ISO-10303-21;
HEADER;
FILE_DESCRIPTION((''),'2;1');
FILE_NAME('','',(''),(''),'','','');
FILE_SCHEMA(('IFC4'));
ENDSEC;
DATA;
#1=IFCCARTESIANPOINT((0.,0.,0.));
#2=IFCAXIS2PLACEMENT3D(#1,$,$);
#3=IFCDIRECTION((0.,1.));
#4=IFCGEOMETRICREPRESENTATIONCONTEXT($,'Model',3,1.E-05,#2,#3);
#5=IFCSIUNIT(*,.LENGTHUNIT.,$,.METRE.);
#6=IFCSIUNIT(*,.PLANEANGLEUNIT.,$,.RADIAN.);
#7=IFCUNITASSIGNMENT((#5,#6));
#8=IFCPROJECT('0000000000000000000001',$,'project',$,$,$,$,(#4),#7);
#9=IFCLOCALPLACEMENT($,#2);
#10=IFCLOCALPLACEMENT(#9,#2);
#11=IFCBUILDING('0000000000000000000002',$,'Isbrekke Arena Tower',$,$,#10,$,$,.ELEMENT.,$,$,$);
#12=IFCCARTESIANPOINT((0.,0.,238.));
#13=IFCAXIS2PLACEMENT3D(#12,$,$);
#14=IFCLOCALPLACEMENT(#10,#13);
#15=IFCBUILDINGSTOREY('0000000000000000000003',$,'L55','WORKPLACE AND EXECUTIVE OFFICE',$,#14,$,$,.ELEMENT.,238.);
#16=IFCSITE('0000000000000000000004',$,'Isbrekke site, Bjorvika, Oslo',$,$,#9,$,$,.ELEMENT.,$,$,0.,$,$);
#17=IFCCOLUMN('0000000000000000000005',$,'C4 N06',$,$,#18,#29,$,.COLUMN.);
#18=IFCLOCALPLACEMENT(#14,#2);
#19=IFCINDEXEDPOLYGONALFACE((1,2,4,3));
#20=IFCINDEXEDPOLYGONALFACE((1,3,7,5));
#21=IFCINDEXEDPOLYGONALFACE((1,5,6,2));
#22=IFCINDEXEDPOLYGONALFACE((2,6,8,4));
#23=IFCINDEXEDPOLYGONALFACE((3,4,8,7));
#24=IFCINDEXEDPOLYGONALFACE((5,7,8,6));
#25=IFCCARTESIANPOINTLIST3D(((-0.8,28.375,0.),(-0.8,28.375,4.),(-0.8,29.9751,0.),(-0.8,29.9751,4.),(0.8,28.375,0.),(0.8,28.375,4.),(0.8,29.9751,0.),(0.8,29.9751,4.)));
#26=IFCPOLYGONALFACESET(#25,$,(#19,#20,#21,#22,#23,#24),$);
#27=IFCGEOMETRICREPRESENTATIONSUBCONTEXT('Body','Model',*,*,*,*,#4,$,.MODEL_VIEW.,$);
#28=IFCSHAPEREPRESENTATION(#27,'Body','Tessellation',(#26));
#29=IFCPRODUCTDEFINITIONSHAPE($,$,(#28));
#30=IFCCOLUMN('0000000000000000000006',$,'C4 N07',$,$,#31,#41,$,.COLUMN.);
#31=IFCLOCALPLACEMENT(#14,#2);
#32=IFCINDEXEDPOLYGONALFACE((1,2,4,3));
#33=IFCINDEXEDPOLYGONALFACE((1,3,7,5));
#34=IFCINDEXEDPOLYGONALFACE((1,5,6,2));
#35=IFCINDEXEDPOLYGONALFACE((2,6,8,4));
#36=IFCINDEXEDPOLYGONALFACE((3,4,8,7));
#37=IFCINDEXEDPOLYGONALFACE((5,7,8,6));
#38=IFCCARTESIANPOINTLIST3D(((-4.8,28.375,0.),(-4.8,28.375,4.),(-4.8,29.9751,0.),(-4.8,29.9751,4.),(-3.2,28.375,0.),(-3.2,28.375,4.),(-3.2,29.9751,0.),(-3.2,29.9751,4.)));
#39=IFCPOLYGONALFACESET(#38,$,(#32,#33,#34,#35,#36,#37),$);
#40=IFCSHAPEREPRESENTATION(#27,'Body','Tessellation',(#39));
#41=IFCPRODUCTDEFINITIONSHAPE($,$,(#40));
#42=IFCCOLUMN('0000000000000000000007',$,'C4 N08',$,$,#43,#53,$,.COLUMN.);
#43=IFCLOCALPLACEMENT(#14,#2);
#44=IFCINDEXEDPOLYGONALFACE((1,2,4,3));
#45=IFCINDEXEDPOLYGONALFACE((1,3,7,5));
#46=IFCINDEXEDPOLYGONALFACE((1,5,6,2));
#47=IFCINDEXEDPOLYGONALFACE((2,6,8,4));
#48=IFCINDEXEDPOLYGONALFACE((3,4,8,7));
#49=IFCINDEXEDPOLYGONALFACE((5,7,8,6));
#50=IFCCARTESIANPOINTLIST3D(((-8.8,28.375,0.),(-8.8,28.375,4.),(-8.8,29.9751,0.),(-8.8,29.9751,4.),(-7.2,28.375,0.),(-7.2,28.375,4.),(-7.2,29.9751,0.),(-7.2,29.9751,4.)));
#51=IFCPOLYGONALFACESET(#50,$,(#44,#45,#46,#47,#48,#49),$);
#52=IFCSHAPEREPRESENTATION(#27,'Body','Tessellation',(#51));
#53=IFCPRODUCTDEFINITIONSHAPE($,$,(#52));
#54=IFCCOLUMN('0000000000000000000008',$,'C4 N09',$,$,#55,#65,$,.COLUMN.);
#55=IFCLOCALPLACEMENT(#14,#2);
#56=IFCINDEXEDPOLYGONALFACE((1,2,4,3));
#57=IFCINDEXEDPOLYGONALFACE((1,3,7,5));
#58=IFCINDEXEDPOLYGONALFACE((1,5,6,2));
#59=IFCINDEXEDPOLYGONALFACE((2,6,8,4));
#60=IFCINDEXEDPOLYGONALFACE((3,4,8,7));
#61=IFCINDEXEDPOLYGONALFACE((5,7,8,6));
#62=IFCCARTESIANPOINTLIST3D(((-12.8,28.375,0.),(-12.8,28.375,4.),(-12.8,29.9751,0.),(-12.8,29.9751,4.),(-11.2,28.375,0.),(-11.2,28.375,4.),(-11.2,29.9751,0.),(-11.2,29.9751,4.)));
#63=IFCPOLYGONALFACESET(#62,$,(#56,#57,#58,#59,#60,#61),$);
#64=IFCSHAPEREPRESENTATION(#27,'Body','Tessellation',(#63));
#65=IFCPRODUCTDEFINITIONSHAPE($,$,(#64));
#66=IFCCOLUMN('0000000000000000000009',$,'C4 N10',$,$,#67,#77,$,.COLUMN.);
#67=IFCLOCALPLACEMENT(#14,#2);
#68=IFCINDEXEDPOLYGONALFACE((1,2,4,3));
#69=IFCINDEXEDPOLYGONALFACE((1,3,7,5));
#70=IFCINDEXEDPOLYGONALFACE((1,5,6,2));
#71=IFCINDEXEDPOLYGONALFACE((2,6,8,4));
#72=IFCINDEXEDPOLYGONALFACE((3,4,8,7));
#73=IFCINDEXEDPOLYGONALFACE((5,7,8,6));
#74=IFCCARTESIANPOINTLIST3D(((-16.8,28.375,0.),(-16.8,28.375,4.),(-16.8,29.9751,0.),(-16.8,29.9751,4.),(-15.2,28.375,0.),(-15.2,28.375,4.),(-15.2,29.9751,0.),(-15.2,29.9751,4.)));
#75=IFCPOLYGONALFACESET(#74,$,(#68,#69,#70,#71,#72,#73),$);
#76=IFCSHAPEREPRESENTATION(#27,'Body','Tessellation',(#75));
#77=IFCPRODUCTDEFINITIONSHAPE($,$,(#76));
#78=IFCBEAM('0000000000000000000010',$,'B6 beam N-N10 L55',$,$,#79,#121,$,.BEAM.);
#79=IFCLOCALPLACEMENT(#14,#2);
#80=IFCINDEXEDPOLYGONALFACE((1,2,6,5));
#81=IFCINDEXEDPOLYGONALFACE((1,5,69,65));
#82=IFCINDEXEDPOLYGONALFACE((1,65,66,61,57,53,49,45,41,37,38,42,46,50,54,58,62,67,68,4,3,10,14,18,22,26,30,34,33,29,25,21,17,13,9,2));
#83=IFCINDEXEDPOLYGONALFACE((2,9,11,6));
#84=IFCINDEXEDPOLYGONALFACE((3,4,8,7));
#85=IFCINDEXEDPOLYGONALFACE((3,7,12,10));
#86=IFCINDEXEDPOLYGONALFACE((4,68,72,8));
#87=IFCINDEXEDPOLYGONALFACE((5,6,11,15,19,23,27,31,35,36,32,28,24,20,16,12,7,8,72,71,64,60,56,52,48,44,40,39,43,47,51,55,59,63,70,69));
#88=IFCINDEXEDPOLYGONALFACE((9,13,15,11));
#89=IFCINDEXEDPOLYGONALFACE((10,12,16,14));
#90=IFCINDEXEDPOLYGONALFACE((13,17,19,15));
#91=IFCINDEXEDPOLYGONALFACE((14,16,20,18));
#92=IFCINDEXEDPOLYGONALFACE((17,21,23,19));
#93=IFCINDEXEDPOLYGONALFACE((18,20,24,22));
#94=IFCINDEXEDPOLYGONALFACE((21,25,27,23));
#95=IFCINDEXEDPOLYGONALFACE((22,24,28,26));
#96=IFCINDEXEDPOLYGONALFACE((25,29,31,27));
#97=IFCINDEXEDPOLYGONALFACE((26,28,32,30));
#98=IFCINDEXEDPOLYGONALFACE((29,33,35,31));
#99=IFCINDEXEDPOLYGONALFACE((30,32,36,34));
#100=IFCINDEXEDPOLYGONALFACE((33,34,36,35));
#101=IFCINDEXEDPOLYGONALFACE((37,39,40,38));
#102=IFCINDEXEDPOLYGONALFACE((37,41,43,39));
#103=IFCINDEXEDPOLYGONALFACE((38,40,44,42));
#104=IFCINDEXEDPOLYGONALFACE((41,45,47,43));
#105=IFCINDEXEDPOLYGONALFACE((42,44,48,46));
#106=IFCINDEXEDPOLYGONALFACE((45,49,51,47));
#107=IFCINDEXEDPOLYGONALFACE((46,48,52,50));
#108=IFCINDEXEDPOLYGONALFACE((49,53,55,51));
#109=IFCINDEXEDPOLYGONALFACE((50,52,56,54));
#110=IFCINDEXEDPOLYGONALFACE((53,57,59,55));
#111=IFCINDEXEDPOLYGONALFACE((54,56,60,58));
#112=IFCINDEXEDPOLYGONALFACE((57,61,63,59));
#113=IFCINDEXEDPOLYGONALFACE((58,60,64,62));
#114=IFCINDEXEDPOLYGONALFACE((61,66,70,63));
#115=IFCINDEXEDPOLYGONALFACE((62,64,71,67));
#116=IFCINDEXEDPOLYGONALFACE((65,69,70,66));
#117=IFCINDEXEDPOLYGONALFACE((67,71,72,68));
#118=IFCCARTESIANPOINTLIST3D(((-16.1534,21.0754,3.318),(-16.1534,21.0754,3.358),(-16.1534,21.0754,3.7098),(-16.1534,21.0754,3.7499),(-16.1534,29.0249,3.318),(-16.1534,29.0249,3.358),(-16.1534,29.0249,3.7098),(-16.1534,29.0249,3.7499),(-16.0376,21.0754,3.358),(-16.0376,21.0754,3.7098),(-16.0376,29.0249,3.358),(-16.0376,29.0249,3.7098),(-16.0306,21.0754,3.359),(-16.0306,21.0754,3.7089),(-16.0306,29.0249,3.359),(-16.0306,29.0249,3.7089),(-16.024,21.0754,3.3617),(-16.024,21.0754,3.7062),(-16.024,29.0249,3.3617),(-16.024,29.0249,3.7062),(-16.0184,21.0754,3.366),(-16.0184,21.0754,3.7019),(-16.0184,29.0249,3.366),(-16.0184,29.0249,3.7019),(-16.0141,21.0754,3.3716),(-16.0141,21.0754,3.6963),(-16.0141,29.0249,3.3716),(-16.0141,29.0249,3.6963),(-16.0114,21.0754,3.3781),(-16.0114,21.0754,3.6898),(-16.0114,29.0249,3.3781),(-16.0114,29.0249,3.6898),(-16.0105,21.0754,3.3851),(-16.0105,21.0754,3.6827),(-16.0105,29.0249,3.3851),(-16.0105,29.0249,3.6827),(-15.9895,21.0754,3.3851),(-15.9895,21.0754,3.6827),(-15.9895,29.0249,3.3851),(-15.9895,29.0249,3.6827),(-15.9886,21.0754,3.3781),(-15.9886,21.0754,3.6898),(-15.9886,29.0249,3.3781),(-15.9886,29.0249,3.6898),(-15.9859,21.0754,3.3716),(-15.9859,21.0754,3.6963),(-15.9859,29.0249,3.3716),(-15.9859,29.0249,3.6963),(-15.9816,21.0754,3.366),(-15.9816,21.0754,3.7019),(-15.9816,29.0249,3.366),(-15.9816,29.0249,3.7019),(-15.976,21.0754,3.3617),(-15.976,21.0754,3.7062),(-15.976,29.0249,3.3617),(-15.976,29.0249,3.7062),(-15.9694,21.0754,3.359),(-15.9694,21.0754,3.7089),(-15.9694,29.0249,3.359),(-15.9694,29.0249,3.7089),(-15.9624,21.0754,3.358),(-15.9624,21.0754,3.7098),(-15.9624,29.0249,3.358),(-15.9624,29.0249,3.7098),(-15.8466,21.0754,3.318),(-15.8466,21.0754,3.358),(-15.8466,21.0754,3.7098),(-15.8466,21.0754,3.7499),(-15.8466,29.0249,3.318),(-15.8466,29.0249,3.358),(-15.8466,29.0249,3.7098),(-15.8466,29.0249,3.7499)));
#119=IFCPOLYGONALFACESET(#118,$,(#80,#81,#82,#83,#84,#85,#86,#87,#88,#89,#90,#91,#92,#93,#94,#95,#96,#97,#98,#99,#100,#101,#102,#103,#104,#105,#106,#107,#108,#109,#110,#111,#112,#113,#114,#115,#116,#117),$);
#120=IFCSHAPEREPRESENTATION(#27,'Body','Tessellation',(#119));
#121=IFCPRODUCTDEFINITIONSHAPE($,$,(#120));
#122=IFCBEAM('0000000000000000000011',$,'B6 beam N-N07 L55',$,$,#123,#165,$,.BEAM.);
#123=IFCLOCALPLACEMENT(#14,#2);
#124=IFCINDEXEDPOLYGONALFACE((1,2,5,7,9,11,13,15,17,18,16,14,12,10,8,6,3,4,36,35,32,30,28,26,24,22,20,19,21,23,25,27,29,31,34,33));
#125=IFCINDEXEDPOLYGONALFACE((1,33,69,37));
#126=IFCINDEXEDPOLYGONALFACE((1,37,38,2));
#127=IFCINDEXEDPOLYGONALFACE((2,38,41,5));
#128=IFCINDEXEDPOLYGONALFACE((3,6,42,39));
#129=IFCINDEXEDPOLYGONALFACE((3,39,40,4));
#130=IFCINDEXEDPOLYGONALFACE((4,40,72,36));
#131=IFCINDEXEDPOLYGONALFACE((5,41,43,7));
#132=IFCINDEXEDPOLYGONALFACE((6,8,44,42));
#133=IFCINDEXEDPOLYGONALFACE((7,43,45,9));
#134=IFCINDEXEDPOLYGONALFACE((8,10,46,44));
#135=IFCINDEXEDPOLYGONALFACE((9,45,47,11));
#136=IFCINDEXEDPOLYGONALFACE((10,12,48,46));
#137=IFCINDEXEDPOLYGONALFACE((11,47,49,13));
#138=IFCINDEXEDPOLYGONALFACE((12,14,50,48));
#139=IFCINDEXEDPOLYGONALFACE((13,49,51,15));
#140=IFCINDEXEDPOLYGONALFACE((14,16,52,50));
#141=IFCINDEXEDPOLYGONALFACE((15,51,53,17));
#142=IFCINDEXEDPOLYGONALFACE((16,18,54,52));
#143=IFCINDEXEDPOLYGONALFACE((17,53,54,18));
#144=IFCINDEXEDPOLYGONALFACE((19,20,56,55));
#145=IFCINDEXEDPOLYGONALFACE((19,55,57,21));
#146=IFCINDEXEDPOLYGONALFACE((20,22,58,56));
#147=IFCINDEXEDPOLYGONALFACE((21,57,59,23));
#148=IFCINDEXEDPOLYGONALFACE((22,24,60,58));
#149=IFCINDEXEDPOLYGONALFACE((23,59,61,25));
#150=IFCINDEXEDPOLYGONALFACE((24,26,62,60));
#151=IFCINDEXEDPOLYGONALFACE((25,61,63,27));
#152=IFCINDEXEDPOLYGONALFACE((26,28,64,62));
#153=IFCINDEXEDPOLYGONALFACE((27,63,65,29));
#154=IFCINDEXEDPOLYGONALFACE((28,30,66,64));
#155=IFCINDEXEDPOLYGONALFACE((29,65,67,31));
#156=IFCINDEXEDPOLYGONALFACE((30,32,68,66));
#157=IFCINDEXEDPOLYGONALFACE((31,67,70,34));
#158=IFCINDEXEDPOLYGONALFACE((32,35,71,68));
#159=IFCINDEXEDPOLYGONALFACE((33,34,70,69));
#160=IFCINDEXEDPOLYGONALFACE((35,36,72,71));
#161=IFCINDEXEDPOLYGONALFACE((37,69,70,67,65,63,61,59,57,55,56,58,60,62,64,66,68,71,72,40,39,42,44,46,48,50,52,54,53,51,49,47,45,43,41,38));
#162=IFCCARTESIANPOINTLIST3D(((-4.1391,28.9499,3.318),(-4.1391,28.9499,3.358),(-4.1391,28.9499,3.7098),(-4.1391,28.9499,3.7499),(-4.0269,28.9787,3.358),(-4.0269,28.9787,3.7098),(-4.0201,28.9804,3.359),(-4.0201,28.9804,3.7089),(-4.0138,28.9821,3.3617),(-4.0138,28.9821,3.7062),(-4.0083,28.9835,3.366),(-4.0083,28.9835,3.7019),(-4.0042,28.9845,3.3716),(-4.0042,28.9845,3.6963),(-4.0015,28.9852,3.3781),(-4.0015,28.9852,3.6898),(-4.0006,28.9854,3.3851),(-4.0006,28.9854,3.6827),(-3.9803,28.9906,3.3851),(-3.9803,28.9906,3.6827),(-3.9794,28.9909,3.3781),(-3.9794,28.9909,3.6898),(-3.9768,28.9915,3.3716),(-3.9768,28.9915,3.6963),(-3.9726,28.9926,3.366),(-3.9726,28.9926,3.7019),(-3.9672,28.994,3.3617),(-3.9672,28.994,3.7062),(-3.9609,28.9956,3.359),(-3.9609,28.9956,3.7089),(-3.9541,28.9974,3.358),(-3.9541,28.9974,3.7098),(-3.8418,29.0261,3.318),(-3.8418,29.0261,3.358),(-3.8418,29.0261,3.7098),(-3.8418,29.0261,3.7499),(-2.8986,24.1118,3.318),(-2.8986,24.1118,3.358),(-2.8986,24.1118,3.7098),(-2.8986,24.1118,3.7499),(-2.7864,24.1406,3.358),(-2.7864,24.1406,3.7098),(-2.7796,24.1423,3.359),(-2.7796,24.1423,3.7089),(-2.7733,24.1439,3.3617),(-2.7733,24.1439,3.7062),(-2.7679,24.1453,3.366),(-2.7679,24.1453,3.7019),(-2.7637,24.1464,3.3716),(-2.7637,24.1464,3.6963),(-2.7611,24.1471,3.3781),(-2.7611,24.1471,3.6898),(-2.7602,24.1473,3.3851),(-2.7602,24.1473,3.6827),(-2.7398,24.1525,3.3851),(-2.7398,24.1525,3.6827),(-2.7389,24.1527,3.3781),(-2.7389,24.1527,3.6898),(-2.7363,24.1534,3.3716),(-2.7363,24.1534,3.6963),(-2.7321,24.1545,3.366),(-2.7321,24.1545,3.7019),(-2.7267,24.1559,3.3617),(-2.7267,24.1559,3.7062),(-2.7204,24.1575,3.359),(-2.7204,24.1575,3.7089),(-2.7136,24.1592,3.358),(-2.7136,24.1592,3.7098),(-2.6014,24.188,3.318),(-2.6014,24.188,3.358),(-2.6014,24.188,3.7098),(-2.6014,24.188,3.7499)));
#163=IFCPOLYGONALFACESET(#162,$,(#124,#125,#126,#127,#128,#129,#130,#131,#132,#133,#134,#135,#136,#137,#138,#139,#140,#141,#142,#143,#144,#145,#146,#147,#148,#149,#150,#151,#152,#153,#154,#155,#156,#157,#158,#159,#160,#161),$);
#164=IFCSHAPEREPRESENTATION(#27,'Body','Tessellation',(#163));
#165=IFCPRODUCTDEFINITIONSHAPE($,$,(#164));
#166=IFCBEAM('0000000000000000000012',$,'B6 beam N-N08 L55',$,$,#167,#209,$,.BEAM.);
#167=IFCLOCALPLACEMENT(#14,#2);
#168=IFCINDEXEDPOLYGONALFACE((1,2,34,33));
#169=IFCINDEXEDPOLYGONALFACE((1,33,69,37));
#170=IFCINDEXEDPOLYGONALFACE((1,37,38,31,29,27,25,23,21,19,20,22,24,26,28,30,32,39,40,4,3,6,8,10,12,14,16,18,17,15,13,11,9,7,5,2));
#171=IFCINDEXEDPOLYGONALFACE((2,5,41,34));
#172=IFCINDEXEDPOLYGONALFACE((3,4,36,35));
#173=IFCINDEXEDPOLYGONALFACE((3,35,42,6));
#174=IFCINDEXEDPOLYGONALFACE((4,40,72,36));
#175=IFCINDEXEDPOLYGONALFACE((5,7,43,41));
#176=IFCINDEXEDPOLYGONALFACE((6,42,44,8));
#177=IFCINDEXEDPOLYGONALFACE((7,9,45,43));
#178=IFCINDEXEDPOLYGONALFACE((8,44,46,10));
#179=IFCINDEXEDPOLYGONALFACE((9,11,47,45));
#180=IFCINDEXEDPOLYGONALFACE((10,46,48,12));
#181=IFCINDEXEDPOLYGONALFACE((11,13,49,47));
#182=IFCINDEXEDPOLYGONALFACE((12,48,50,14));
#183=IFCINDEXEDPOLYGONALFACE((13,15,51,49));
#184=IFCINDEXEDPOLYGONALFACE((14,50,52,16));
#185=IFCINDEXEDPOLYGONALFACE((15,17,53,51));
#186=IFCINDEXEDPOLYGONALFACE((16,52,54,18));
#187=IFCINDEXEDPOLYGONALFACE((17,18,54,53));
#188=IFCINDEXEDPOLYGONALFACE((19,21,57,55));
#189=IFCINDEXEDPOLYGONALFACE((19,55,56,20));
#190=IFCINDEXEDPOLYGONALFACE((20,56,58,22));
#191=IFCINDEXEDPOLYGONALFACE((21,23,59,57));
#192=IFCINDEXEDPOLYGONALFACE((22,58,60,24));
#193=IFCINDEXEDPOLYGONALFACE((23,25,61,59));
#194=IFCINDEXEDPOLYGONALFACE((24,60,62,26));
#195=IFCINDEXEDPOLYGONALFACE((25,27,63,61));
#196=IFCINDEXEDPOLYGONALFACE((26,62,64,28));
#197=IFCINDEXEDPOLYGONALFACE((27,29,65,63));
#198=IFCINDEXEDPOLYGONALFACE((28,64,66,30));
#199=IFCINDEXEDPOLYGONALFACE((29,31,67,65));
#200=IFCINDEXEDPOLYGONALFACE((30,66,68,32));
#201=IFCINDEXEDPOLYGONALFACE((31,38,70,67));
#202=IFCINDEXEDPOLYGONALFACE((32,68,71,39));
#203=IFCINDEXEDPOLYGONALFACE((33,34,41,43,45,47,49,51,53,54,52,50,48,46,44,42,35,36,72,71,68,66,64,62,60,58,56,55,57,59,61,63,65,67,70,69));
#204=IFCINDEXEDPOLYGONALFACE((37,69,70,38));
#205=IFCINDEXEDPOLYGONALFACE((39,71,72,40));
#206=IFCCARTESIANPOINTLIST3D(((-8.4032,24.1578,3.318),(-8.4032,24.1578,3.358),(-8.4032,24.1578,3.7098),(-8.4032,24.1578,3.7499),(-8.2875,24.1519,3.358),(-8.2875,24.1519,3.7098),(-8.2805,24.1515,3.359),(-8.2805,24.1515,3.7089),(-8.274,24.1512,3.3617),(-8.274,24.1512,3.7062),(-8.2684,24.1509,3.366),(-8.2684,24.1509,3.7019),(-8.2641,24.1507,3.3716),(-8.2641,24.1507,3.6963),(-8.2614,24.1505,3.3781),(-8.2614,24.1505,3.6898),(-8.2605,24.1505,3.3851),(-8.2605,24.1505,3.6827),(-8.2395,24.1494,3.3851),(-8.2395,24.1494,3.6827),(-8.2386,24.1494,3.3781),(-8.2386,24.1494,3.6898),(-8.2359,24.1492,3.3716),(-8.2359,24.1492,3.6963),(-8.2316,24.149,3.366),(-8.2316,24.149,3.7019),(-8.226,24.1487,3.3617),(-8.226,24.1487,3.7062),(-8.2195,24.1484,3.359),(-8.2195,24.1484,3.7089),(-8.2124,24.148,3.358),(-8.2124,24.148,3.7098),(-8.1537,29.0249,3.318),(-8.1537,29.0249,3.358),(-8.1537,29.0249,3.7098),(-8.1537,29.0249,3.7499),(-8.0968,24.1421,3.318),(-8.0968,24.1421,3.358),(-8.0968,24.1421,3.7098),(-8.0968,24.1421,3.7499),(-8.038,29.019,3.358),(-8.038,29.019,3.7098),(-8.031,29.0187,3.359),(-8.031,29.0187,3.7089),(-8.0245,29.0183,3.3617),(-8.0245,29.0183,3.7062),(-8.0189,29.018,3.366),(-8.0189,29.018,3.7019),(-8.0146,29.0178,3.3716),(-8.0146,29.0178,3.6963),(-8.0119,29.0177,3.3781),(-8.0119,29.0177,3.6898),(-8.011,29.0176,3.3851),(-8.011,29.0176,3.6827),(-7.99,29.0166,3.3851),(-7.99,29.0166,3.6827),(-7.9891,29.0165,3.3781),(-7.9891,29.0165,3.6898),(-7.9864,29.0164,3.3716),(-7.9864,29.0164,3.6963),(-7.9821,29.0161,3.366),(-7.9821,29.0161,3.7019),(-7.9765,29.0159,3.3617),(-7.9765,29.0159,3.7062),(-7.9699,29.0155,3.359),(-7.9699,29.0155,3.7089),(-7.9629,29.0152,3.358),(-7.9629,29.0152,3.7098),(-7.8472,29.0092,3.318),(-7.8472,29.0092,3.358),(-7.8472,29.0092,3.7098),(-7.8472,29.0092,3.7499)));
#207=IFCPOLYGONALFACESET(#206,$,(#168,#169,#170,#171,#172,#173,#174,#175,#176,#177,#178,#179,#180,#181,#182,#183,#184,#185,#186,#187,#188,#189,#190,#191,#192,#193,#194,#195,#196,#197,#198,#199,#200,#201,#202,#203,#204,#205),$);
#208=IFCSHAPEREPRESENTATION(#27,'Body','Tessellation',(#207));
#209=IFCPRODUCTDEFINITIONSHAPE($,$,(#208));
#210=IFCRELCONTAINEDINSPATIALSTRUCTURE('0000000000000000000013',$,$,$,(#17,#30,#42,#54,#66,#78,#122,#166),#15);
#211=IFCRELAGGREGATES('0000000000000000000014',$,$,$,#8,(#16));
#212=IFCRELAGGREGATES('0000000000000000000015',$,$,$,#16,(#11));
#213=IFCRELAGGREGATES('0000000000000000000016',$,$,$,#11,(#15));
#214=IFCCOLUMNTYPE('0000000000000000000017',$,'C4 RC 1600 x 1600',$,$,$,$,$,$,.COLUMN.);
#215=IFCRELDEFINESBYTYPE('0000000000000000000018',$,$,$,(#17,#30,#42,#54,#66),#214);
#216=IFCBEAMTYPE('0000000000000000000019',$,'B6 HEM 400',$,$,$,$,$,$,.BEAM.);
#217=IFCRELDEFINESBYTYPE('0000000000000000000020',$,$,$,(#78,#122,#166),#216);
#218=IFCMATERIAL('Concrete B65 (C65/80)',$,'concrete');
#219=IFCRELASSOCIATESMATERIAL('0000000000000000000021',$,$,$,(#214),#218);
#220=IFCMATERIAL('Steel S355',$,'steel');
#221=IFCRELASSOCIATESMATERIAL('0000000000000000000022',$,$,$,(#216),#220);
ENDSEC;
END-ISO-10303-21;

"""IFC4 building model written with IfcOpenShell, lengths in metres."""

from ifc_helpers import new_model, si_unit, direction, frame, origin, origin_2d, place, context, subcontext, project, spatial, rectangle, i_section, extrude, material, material_profile, profile_set, type_object, element, save


model = new_model("IFC4")

# Units and contexts
model_context = context("Model", 3, precision=1e-05, world=origin(), true_north=direction((0.0, 1.0)))
body_context = subcontext(model_context, "Body", "Model", "MODEL_VIEW")
ifc_project = project(units=[si_unit("LENGTHUNIT", "METRE"), si_unit("PLANEANGLEUNIT", "RADIAN")], contexts=[model_context])

# Site, building, storey
site_placement = place(None, origin())
site = spatial("IfcSite", under=ifc_project, at=site_placement, Name="Isbrekke site, Bjorvika, Oslo", CompositionType="ELEMENT", RefElevation=0.0)
building_placement = place(site_placement, origin())
building = spatial("IfcBuilding", under=site, at=building_placement, Name="Isbrekke Arena Tower", CompositionType="ELEMENT")
storey_placement = place(building_placement, frame((0.0, 0.0, 238.0)))
storey = spatial("IfcBuildingStorey", under=building, at=storey_placement, Name="L55", Description="WORKPLACE AND EXECUTIVE OFFICE", CompositionType="ELEMENT", Elevation=238.0)

# Columns
ifc_material_1 = material(Name="Concrete B65 (C65/80)", Category="concrete")
ifc_material_profile_1 = material_profile(ifc_material_1, rectangle(XDim=1.6001, YDim=1.6001, at=origin_2d()), Name="RC 1600x1600")
ifc_profile_set_1 = profile_set([ifc_material_profile_1], Name="Concrete B65 (C65/80)")
column_type = type_object("IfcColumnType", Name="C4 RC 1600 x 1600", PredefinedType="COLUMN", material=ifc_profile_set_1)
for number, where, z_axis, x_axis, name in (
    (1, (0.0, 29.175, 0.0), (0.0, 0.0, 1.0), (-1.0, 0.0, 0.0), "C4 N06"),
    (2, (-4.0, 29.175, 0.0), (0.0, 0.0, 1.0), (-1.0, 0.0, 0.0), "C4 N07"),
    (3, (-8.0, 29.175, 0.0), (0.0, 0.0, 1.0), (-1.0, 0.0, 0.0), "C4 N08"),
    (4, (-12.0, 29.175, 0.0), (0.0, 0.0, 1.0), (-1.0, 0.0, 0.0), "C4 N09"),
    (5, (-16.0, 29.175, 0.0), (0.0, 0.0, 1.0), (-1.0, 0.0, 0.0), "C4 N10"),
):
    element("IfcColumn", number, at=place(storey_placement, frame(where, z_axis=z_axis, x_axis=x_axis)), inside=storey, type_object=column_type, Name=name, PredefinedType="COLUMN", context=body_context, shape_type="SweptSolid", body=[
        extrude(rectangle(XDim=1.6001, YDim=1.6001, at=origin_2d()), origin(), (0.0, 0.0, 1.0), 4.0),
    ])

# Beams
ifc_material_2 = material(Name="Steel S355", Category="steel")
ifc_material_profile_2 = material_profile(ifc_material_2, i_section(OverallWidth=0.3069, OverallDepth=0.4319, WebThickness=0.021, FlangeThickness=0.04, FilletRadius=0.0271, at=origin_2d()), Name="HEM 400")
ifc_profile_set_2 = profile_set([ifc_material_profile_2], Name="Steel S355")
beam_type_1 = type_object("IfcBeamType", Name="B6 HEM 400", PredefinedType="BEAM", material=ifc_profile_set_2)
beam_1_placement = place(storey_placement, frame((-16.0, 29.0249, 3.5339), z_axis=(0.0, -1.0, 0.0), x_axis=(1.0, 0.0, 0.0)))
element("IfcBeam", 6, at=beam_1_placement, inside=storey, type_object=beam_type_1, Name="B6 beam N-N10 L55", PredefinedType="BEAM", context=body_context, shape_type="SweptSolid", body=[
    extrude(i_section(OverallWidth=0.3069, OverallDepth=0.4319, WebThickness=0.021, FlangeThickness=0.04, FilletRadius=0.0271, at=origin_2d()), origin(), (0.0, 0.0, 1.0), 7.9495),
])
beam_2_placement = place(storey_placement, frame((-3.9905, 28.988, 3.5339), z_axis=(0.248362, -0.968667, 0.0), x_axis=(0.968667, 0.248362, 0.0)))
element("IfcBeam", 7, at=beam_2_placement, inside=storey, type_object=beam_type_1, Name="B6 beam N-N07 L55", PredefinedType="BEAM", context=body_context, shape_type="SweptSolid", body=[
    extrude(i_section(OverallWidth=0.3069, OverallDepth=0.4319, WebThickness=0.021, FlangeThickness=0.04, FilletRadius=0.0271, at=origin_2d()), origin(), (0.0, 0.0, 1.0), 4.9946),
])
beam_3_placement = place(storey_placement, frame((-8.0005, 29.0171, 3.5339), z_axis=(-0.051197, -0.998689, 0.0), x_axis=(0.998689, -0.051197, 0.0)))
element("IfcBeam", 8, at=beam_3_placement, inside=storey, type_object=beam_type_1, Name="B6 beam N-N08 L55", PredefinedType="BEAM", context=body_context, shape_type="SweptSolid", body=[
    extrude(i_section(OverallWidth=0.3069, OverallDepth=0.4319, WebThickness=0.021, FlangeThickness=0.04, FilletRadius=0.0271, at=origin_2d()), origin(), (0.0, 0.0, 1.0), 4.8735),
])

save(model, "model.ifc")
